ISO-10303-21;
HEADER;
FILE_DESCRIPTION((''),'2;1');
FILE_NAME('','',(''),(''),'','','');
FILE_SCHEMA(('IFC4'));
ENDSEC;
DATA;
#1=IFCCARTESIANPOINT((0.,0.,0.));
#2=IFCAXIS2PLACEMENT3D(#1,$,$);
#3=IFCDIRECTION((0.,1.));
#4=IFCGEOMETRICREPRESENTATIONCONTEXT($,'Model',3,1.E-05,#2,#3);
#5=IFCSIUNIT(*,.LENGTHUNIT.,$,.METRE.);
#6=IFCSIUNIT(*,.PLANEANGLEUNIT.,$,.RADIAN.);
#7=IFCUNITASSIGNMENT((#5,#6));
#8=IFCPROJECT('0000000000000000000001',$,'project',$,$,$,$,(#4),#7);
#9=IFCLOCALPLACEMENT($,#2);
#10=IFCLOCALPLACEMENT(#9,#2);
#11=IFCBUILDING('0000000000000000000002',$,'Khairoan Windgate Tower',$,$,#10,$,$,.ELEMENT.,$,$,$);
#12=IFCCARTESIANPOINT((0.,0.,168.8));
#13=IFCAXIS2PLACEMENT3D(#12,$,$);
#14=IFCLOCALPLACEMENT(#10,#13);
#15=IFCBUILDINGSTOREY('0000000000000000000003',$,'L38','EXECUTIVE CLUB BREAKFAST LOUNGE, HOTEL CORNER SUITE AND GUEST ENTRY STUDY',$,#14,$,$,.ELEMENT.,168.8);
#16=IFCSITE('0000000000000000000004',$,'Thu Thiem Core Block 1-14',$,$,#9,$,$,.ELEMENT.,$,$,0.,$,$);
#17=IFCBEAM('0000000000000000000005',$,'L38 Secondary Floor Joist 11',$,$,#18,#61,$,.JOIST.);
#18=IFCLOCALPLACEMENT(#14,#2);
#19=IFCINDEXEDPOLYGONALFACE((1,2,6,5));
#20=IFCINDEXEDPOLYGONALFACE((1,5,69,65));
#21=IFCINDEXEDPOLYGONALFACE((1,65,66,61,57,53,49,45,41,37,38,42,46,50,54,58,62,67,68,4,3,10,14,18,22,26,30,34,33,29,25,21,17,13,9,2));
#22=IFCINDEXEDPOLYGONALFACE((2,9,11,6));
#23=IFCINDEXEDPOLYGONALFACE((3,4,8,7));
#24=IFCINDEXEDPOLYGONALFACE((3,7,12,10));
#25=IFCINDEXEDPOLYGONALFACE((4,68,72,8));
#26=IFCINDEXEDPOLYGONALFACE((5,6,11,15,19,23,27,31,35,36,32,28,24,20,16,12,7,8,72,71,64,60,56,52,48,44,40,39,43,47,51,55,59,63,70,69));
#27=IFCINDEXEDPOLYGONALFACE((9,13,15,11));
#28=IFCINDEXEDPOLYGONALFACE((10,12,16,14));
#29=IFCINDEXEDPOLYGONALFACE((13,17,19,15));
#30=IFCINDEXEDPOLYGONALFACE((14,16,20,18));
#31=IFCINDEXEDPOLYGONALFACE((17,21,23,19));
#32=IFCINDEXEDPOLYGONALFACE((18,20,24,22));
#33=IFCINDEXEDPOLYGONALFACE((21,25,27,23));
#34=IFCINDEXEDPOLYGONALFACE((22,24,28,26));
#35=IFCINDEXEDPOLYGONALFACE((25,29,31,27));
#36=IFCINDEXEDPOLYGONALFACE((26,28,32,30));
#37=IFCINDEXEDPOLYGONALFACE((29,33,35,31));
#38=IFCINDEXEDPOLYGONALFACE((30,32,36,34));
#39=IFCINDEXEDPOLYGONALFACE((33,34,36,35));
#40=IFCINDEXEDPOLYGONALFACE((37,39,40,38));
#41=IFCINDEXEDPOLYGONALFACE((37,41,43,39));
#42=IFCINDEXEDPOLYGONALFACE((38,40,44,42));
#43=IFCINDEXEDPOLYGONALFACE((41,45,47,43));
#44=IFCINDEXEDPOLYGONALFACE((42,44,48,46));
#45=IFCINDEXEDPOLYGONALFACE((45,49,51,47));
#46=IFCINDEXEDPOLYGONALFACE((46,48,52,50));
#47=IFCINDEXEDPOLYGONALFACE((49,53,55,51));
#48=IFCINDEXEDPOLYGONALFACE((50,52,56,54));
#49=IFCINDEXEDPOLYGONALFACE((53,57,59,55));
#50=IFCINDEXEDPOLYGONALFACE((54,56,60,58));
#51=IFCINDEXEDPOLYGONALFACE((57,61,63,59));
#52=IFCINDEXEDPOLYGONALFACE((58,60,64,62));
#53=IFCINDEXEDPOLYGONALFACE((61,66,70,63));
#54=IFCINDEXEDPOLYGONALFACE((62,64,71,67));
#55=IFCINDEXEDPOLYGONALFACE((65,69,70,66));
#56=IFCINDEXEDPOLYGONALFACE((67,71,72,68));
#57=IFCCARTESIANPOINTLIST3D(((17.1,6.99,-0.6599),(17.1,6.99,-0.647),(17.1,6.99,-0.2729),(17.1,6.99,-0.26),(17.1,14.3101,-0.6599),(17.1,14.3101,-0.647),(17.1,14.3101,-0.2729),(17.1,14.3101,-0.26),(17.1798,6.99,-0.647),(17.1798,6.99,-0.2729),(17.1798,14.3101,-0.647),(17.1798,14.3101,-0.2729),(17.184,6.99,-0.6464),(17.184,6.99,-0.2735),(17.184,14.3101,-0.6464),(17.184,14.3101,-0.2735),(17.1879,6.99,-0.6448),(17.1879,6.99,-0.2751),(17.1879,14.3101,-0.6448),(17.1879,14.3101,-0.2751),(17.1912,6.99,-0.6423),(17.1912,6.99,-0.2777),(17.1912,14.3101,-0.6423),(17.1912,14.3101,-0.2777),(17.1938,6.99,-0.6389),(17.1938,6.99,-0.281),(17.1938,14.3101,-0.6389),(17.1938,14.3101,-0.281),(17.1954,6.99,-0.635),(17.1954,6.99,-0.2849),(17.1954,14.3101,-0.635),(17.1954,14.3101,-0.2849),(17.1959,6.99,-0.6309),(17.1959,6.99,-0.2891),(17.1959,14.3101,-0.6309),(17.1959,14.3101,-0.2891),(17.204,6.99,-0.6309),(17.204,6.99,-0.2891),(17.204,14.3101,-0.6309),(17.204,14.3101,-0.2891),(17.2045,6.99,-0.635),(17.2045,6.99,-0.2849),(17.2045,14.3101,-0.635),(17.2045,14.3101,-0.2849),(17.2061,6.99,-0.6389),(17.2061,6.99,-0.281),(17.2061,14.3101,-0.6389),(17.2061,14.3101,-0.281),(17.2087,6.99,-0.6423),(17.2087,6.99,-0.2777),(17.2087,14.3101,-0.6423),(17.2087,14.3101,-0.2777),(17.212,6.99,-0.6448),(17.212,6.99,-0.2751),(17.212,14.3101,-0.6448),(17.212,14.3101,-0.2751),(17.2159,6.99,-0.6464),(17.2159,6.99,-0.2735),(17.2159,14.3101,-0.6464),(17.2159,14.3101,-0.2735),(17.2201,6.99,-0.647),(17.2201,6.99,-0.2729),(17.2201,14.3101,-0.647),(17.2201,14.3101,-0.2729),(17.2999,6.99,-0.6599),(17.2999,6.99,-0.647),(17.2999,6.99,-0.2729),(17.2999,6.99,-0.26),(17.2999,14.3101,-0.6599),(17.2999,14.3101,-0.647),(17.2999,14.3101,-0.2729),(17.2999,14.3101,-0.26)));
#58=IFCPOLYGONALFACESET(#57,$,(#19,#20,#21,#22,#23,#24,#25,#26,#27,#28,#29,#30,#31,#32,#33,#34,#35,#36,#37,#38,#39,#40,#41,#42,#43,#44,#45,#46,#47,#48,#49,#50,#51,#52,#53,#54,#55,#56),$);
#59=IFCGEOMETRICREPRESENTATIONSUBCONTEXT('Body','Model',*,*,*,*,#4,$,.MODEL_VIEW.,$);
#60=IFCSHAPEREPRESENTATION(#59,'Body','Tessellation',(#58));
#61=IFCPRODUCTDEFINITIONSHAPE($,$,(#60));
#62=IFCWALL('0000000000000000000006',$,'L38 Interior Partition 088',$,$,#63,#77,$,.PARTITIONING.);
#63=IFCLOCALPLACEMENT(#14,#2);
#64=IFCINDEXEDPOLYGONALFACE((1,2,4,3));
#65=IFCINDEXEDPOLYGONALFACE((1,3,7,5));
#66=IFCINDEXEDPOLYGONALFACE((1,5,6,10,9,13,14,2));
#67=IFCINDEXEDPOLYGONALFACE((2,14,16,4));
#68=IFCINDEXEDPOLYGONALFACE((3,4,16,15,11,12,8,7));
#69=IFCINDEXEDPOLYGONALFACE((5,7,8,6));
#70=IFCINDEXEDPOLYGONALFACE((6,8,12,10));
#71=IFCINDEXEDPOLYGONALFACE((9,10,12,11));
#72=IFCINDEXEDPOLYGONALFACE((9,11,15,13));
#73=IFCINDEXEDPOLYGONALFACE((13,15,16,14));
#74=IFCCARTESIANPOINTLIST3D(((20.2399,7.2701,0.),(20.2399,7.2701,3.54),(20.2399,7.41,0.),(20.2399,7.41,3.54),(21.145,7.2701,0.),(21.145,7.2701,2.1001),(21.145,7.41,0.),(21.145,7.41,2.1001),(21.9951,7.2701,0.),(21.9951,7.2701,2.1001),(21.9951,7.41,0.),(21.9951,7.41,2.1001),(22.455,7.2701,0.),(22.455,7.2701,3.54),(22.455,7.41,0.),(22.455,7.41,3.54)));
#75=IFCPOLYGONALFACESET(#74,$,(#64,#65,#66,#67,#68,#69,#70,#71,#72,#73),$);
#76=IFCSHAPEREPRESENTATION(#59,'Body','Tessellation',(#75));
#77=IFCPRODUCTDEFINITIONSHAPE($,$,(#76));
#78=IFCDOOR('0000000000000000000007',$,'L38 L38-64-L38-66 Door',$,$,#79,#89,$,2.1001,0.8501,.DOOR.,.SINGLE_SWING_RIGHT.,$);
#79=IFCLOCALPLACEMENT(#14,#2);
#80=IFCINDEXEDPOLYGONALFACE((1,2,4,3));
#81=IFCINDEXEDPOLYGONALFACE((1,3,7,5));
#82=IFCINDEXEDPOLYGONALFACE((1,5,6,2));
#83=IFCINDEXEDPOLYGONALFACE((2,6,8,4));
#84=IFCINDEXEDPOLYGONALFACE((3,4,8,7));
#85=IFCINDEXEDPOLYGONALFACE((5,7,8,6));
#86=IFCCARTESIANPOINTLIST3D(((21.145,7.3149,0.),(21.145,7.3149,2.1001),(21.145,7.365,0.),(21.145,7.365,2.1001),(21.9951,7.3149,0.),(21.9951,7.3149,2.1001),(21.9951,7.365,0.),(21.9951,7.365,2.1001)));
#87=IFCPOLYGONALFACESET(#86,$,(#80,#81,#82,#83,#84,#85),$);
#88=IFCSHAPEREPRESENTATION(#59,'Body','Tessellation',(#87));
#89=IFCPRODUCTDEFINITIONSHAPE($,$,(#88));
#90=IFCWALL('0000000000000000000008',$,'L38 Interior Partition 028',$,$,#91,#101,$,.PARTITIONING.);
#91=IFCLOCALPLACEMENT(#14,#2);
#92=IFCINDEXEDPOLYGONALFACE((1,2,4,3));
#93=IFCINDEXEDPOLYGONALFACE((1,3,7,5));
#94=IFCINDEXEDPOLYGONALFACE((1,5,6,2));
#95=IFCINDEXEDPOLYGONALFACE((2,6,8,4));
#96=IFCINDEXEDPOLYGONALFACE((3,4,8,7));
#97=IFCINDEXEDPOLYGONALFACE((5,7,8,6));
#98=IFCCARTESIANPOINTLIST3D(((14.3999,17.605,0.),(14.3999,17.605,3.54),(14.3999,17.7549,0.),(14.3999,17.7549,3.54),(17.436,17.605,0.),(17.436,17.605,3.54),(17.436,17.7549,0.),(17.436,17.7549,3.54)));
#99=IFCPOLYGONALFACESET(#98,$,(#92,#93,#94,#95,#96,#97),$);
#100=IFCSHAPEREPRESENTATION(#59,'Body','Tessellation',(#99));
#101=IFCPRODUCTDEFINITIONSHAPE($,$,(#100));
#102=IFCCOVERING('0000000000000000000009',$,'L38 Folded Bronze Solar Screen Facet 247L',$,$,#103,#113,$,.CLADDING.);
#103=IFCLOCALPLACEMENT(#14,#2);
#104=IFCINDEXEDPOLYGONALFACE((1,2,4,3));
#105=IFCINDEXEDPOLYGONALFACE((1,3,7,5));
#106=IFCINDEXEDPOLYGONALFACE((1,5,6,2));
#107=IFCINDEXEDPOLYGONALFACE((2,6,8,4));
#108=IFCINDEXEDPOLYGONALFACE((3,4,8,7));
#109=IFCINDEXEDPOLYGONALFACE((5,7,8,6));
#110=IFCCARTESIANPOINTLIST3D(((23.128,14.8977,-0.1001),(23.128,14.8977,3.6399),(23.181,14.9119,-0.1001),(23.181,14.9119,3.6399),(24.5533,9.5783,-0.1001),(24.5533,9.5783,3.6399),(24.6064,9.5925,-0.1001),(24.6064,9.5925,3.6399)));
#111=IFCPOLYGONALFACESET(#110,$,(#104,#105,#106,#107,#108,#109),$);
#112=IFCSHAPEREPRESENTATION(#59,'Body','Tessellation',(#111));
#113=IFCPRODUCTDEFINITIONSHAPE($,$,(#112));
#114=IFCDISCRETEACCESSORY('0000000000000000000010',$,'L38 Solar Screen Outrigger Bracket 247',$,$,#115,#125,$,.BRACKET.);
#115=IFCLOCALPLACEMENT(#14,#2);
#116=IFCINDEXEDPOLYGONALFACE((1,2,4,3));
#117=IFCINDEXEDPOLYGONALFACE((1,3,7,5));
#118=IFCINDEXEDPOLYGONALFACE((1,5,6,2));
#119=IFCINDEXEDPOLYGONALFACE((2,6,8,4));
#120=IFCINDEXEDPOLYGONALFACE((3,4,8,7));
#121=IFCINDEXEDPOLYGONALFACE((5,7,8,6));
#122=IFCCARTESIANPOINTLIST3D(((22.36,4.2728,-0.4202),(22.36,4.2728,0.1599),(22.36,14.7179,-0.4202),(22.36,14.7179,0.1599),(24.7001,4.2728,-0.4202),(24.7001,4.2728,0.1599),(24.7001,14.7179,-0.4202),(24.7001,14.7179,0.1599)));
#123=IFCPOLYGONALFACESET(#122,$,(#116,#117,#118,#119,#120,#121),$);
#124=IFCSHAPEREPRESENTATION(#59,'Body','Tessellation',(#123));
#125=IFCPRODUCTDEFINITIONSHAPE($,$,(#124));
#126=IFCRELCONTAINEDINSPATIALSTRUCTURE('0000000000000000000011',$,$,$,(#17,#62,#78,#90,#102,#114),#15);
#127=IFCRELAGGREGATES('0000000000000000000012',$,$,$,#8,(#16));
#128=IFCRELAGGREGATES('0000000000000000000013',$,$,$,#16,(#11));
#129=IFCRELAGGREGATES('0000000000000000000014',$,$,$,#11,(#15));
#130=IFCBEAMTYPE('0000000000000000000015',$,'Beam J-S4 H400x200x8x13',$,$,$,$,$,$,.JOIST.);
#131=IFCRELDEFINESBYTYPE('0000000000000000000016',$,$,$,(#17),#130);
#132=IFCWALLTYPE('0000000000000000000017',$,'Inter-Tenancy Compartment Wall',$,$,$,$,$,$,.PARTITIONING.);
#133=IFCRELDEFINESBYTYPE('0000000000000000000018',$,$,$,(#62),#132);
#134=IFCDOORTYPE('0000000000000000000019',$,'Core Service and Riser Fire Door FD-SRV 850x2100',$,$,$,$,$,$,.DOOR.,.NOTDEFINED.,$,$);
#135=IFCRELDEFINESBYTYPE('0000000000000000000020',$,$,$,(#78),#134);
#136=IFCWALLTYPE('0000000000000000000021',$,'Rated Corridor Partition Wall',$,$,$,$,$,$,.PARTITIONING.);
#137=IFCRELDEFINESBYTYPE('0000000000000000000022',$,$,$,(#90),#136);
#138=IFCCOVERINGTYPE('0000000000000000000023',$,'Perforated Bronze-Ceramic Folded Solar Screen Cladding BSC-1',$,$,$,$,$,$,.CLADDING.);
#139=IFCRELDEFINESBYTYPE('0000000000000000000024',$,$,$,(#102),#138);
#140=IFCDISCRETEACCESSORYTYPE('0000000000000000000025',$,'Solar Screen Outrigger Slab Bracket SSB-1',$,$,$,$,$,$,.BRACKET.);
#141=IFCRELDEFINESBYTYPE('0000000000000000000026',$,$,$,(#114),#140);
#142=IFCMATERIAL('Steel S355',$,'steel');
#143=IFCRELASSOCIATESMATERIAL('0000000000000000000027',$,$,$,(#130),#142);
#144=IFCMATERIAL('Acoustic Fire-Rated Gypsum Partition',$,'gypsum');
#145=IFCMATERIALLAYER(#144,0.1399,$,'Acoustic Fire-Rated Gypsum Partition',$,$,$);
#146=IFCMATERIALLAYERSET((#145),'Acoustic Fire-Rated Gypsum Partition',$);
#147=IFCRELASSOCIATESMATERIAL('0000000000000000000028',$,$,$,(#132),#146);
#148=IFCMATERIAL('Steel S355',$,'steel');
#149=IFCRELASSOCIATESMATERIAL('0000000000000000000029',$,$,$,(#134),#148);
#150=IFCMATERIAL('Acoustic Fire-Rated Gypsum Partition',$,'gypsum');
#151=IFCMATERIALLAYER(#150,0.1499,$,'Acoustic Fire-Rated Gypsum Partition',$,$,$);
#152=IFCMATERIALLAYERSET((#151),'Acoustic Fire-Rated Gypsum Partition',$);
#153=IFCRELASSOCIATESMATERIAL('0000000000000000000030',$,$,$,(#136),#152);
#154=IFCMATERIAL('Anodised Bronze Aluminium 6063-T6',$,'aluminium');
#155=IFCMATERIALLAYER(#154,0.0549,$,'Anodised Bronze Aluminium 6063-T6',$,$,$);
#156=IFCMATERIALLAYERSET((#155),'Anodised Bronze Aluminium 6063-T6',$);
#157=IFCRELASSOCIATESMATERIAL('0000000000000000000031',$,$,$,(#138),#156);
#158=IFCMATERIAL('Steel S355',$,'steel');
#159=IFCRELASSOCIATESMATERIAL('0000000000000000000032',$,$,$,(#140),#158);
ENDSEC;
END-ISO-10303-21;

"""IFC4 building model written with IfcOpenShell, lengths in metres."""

from ifc_helpers import new_model, si_unit, direction, frame, frame_2d, origin, origin_2d, place, context, subcontext, project, spatial, rectangle, i_section, extrude, material, layer, layer_set, material_profile, profile_set, type_object, element, fill, save


model = new_model("IFC4")

# Units and contexts
model_context = context("Model", 3, precision=1e-05, world=origin(), true_north=direction((0.0, 1.0)))
body_context = subcontext(model_context, "Body", "Model", "MODEL_VIEW")
ifc_project = project(units=[si_unit("LENGTHUNIT", "METRE"), si_unit("PLANEANGLEUNIT", "RADIAN")], contexts=[model_context])

# Site, building, storey
site_placement = place(None, origin())
site = spatial("IfcSite", under=ifc_project, at=site_placement, Name="Thu Thiem Core Block 1-14", CompositionType="ELEMENT", RefElevation=0.0)
building_placement = place(site_placement, origin())
building = spatial("IfcBuilding", under=site, at=building_placement, Name="Khairoan Windgate Tower", CompositionType="ELEMENT")
storey_placement = place(building_placement, frame((0.0, 0.0, 168.8)))
storey = spatial("IfcBuildingStorey", under=building, at=storey_placement, Name="L38", Description="EXECUTIVE CLUB BREAKFAST LOUNGE, HOTEL CORNER SUITE AND GUEST ENTRY STUDY", CompositionType="ELEMENT", Elevation=168.8)

# Beam
ifc_material_1 = material(Name="Steel S355", Category="steel")
ifc_material_profile_1 = material_profile(ifc_material_1, i_section(OverallWidth=0.2, OverallDepth=0.3999, WebThickness=0.0081, FlangeThickness=0.0129, FilletRadius=0.0161, at=origin_2d()))
ifc_profile_set_1 = profile_set([ifc_material_profile_1], Name="Steel S355")
beam_type_1 = type_object("IfcBeamType", Name="Beam J-S4 H400x200x8x13", PredefinedType="JOIST", material=ifc_profile_set_1)
beam_1_placement = place(storey_placement, frame((17.2, 6.99, -0.46), z_axis=(0.0, 1.0, 0.0), x_axis=(-1.0, 0.0, 0.0)))
element("IfcBeam", 1, at=beam_1_placement, inside=storey, type_object=beam_type_1, Name="L38 Secondary Floor Joist 11", PredefinedType="JOIST", context=body_context, shape_type="SweptSolid", body=[
    extrude(i_section(OverallWidth=0.2, OverallDepth=0.3999, WebThickness=0.0081, FlangeThickness=0.0129, FilletRadius=0.0161, at=origin_2d()), origin(), (0.0, 0.0, 1.0), 7.3201),
])

# Wall, opening, door
ifc_material_2 = material(Name="Acoustic Fire-Rated Gypsum Partition", Category="gypsum")
ifc_layer_1 = layer(ifc_material_2, 0.1399, Name="Acoustic Fire-Rated Gypsum Partition")
ifc_layer_set_1 = layer_set([ifc_layer_1], Name="Acoustic Fire-Rated Gypsum Partition")
wall_type_1 = type_object("IfcWallType", Name="Inter-Tenancy Compartment Wall", PredefinedType="PARTITIONING", material=ifc_layer_set_1)
wall_1_placement = place(storey_placement, frame((20.24, 7.3401, 0.0), z_axis=(0.0, 0.0, 1.0), x_axis=(1.0, 0.0, 0.0)))
wall_1 = element("IfcWall", 2, at=wall_1_placement, inside=storey, type_object=wall_type_1, Name="L38 Interior Partition 088", PredefinedType="PARTITIONING", context=body_context, shape_type="SweptSolid", body=[
    extrude(rectangle(XDim=2.2151, YDim=0.1399, at=frame_2d((1.1074, 0.0))), origin(), (0.0, 0.0, 1.0), 3.54),
])
opening_placement = place(wall_1_placement, frame((0.905, 0.0, 0.0)))
opening = element("IfcOpeningElement", 3, at=opening_placement, cuts=wall_1, PredefinedType="OPENING", context=body_context, shape_type="SweptSolid", body=[
    extrude(rectangle(XDim=0.8501, YDim=2.1001, at=frame_2d((0.425, 1.05))), frame((0.0, 0.0798, 0.0), z_axis=(0.0, -1.0, 0.0), x_axis=(1.0, 0.0, 0.0)), (0.0, 0.0, 1.0), 0.1599),
])
ifc_material_3 = material(Name="Steel S355", Category="steel")
door_type = type_object("IfcDoorType", Name="Core Service and Riser Fire Door FD-SRV 850x2100", OperationType="NOTDEFINED", PredefinedType="DOOR", material=ifc_material_3)
door_placement = place(opening_placement, origin())
door = element("IfcDoor", 4, at=door_placement, inside=storey, type_object=door_type, Name="L38 L38-64-L38-66 Door", OperationType="SINGLE_SWING_RIGHT", OverallHeight=2.1001, OverallWidth=0.8501, PredefinedType="DOOR", context=body_context, shape_type="SweptSolid", body=[
    extrude(rectangle(XDim=0.8501, YDim=2.1001, at=frame_2d((0.425, 1.05))), frame((0.0, 0.0249, 0.0), z_axis=(0.0, -1.0, 0.0), x_axis=(1.0, 0.0, 0.0)), (0.0, 0.0, 1.0), 0.05),
])
fill(opening, door)

# Wall
ifc_material_4 = material(Name="Acoustic Fire-Rated Gypsum Partition", Category="gypsum")
ifc_layer_2 = layer(ifc_material_4, 0.1499, Name="Acoustic Fire-Rated Gypsum Partition")
ifc_layer_set_2 = layer_set([ifc_layer_2], Name="Acoustic Fire-Rated Gypsum Partition")
wall_type_2 = type_object("IfcWallType", Name="Rated Corridor Partition Wall", PredefinedType="PARTITIONING", material=ifc_layer_set_2)
wall_2_placement = place(storey_placement, frame((14.3999, 17.6799, 0.0), z_axis=(0.0, 0.0, 1.0), x_axis=(1.0, 0.0, 0.0)))
element("IfcWall", 5, at=wall_2_placement, inside=storey, type_object=wall_type_2, Name="L38 Interior Partition 028", PredefinedType="PARTITIONING", context=body_context, shape_type="SweptSolid", body=[
    extrude(rectangle(XDim=3.0361, YDim=0.1499, at=frame_2d((1.5181, 0.0))), origin(), (0.0, 0.0, 1.0), 3.54),
])

# Covering
ifc_material_5 = material(Name="Anodised Bronze Aluminium 6063-T6", Category="aluminium")
ifc_layer_3 = layer(ifc_material_5, 0.0549, Name="Anodised Bronze Aluminium 6063-T6")
ifc_layer_set_3 = layer_set([ifc_layer_3], Name="Anodised Bronze Aluminium 6063-T6")
covering_type = type_object("IfcCoveringType", Name="Perforated Bronze-Ceramic Folded Solar Screen Cladding BSC-1", PredefinedType="CLADDING", material=ifc_layer_set_3)
covering_placement = place(storey_placement, frame((23.8672, 12.2451, -0.1001), z_axis=(0.0, 0.0, 1.0), x_axis=(0.258819, -0.965926, 0.0)))
element("IfcCovering", 6, at=covering_placement, inside=storey, type_object=covering_type, Name="L38 Folded Bronze Solar Screen Facet 247L", PredefinedType="CLADDING", context=body_context, shape_type="SweptSolid", body=[
    extrude(rectangle(XDim=5.5071, YDim=0.0549, at=origin_2d()), origin(), (0.0, 0.0, 1.0), 3.74),
])

# Discrete accessory
ifc_material_6 = material(Name="Steel S355", Category="steel")
discrete_accessory_type = type_object("IfcDiscreteAccessoryType", Name="Solar Screen Outrigger Slab Bracket SSB-1", PredefinedType="BRACKET", material=ifc_material_6)
discrete_accessory_placement = place(storey_placement, frame((23.53, 9.4954, -0.4202), z_axis=(0.0, 0.0, 1.0), x_axis=(0.0, -1.0, 0.0)))
element("IfcDiscreteAccessory", 7, at=discrete_accessory_placement, inside=storey, type_object=discrete_accessory_type, Name="L38 Solar Screen Outrigger Bracket 247", PredefinedType="BRACKET", context=body_context, shape_type="SweptSolid", body=[
    extrude(rectangle(XDim=10.4451, YDim=2.3401, at=origin_2d()), origin(), (0.0, 0.0, 1.0), 0.5801),
])

save(model, "model.ifc")
